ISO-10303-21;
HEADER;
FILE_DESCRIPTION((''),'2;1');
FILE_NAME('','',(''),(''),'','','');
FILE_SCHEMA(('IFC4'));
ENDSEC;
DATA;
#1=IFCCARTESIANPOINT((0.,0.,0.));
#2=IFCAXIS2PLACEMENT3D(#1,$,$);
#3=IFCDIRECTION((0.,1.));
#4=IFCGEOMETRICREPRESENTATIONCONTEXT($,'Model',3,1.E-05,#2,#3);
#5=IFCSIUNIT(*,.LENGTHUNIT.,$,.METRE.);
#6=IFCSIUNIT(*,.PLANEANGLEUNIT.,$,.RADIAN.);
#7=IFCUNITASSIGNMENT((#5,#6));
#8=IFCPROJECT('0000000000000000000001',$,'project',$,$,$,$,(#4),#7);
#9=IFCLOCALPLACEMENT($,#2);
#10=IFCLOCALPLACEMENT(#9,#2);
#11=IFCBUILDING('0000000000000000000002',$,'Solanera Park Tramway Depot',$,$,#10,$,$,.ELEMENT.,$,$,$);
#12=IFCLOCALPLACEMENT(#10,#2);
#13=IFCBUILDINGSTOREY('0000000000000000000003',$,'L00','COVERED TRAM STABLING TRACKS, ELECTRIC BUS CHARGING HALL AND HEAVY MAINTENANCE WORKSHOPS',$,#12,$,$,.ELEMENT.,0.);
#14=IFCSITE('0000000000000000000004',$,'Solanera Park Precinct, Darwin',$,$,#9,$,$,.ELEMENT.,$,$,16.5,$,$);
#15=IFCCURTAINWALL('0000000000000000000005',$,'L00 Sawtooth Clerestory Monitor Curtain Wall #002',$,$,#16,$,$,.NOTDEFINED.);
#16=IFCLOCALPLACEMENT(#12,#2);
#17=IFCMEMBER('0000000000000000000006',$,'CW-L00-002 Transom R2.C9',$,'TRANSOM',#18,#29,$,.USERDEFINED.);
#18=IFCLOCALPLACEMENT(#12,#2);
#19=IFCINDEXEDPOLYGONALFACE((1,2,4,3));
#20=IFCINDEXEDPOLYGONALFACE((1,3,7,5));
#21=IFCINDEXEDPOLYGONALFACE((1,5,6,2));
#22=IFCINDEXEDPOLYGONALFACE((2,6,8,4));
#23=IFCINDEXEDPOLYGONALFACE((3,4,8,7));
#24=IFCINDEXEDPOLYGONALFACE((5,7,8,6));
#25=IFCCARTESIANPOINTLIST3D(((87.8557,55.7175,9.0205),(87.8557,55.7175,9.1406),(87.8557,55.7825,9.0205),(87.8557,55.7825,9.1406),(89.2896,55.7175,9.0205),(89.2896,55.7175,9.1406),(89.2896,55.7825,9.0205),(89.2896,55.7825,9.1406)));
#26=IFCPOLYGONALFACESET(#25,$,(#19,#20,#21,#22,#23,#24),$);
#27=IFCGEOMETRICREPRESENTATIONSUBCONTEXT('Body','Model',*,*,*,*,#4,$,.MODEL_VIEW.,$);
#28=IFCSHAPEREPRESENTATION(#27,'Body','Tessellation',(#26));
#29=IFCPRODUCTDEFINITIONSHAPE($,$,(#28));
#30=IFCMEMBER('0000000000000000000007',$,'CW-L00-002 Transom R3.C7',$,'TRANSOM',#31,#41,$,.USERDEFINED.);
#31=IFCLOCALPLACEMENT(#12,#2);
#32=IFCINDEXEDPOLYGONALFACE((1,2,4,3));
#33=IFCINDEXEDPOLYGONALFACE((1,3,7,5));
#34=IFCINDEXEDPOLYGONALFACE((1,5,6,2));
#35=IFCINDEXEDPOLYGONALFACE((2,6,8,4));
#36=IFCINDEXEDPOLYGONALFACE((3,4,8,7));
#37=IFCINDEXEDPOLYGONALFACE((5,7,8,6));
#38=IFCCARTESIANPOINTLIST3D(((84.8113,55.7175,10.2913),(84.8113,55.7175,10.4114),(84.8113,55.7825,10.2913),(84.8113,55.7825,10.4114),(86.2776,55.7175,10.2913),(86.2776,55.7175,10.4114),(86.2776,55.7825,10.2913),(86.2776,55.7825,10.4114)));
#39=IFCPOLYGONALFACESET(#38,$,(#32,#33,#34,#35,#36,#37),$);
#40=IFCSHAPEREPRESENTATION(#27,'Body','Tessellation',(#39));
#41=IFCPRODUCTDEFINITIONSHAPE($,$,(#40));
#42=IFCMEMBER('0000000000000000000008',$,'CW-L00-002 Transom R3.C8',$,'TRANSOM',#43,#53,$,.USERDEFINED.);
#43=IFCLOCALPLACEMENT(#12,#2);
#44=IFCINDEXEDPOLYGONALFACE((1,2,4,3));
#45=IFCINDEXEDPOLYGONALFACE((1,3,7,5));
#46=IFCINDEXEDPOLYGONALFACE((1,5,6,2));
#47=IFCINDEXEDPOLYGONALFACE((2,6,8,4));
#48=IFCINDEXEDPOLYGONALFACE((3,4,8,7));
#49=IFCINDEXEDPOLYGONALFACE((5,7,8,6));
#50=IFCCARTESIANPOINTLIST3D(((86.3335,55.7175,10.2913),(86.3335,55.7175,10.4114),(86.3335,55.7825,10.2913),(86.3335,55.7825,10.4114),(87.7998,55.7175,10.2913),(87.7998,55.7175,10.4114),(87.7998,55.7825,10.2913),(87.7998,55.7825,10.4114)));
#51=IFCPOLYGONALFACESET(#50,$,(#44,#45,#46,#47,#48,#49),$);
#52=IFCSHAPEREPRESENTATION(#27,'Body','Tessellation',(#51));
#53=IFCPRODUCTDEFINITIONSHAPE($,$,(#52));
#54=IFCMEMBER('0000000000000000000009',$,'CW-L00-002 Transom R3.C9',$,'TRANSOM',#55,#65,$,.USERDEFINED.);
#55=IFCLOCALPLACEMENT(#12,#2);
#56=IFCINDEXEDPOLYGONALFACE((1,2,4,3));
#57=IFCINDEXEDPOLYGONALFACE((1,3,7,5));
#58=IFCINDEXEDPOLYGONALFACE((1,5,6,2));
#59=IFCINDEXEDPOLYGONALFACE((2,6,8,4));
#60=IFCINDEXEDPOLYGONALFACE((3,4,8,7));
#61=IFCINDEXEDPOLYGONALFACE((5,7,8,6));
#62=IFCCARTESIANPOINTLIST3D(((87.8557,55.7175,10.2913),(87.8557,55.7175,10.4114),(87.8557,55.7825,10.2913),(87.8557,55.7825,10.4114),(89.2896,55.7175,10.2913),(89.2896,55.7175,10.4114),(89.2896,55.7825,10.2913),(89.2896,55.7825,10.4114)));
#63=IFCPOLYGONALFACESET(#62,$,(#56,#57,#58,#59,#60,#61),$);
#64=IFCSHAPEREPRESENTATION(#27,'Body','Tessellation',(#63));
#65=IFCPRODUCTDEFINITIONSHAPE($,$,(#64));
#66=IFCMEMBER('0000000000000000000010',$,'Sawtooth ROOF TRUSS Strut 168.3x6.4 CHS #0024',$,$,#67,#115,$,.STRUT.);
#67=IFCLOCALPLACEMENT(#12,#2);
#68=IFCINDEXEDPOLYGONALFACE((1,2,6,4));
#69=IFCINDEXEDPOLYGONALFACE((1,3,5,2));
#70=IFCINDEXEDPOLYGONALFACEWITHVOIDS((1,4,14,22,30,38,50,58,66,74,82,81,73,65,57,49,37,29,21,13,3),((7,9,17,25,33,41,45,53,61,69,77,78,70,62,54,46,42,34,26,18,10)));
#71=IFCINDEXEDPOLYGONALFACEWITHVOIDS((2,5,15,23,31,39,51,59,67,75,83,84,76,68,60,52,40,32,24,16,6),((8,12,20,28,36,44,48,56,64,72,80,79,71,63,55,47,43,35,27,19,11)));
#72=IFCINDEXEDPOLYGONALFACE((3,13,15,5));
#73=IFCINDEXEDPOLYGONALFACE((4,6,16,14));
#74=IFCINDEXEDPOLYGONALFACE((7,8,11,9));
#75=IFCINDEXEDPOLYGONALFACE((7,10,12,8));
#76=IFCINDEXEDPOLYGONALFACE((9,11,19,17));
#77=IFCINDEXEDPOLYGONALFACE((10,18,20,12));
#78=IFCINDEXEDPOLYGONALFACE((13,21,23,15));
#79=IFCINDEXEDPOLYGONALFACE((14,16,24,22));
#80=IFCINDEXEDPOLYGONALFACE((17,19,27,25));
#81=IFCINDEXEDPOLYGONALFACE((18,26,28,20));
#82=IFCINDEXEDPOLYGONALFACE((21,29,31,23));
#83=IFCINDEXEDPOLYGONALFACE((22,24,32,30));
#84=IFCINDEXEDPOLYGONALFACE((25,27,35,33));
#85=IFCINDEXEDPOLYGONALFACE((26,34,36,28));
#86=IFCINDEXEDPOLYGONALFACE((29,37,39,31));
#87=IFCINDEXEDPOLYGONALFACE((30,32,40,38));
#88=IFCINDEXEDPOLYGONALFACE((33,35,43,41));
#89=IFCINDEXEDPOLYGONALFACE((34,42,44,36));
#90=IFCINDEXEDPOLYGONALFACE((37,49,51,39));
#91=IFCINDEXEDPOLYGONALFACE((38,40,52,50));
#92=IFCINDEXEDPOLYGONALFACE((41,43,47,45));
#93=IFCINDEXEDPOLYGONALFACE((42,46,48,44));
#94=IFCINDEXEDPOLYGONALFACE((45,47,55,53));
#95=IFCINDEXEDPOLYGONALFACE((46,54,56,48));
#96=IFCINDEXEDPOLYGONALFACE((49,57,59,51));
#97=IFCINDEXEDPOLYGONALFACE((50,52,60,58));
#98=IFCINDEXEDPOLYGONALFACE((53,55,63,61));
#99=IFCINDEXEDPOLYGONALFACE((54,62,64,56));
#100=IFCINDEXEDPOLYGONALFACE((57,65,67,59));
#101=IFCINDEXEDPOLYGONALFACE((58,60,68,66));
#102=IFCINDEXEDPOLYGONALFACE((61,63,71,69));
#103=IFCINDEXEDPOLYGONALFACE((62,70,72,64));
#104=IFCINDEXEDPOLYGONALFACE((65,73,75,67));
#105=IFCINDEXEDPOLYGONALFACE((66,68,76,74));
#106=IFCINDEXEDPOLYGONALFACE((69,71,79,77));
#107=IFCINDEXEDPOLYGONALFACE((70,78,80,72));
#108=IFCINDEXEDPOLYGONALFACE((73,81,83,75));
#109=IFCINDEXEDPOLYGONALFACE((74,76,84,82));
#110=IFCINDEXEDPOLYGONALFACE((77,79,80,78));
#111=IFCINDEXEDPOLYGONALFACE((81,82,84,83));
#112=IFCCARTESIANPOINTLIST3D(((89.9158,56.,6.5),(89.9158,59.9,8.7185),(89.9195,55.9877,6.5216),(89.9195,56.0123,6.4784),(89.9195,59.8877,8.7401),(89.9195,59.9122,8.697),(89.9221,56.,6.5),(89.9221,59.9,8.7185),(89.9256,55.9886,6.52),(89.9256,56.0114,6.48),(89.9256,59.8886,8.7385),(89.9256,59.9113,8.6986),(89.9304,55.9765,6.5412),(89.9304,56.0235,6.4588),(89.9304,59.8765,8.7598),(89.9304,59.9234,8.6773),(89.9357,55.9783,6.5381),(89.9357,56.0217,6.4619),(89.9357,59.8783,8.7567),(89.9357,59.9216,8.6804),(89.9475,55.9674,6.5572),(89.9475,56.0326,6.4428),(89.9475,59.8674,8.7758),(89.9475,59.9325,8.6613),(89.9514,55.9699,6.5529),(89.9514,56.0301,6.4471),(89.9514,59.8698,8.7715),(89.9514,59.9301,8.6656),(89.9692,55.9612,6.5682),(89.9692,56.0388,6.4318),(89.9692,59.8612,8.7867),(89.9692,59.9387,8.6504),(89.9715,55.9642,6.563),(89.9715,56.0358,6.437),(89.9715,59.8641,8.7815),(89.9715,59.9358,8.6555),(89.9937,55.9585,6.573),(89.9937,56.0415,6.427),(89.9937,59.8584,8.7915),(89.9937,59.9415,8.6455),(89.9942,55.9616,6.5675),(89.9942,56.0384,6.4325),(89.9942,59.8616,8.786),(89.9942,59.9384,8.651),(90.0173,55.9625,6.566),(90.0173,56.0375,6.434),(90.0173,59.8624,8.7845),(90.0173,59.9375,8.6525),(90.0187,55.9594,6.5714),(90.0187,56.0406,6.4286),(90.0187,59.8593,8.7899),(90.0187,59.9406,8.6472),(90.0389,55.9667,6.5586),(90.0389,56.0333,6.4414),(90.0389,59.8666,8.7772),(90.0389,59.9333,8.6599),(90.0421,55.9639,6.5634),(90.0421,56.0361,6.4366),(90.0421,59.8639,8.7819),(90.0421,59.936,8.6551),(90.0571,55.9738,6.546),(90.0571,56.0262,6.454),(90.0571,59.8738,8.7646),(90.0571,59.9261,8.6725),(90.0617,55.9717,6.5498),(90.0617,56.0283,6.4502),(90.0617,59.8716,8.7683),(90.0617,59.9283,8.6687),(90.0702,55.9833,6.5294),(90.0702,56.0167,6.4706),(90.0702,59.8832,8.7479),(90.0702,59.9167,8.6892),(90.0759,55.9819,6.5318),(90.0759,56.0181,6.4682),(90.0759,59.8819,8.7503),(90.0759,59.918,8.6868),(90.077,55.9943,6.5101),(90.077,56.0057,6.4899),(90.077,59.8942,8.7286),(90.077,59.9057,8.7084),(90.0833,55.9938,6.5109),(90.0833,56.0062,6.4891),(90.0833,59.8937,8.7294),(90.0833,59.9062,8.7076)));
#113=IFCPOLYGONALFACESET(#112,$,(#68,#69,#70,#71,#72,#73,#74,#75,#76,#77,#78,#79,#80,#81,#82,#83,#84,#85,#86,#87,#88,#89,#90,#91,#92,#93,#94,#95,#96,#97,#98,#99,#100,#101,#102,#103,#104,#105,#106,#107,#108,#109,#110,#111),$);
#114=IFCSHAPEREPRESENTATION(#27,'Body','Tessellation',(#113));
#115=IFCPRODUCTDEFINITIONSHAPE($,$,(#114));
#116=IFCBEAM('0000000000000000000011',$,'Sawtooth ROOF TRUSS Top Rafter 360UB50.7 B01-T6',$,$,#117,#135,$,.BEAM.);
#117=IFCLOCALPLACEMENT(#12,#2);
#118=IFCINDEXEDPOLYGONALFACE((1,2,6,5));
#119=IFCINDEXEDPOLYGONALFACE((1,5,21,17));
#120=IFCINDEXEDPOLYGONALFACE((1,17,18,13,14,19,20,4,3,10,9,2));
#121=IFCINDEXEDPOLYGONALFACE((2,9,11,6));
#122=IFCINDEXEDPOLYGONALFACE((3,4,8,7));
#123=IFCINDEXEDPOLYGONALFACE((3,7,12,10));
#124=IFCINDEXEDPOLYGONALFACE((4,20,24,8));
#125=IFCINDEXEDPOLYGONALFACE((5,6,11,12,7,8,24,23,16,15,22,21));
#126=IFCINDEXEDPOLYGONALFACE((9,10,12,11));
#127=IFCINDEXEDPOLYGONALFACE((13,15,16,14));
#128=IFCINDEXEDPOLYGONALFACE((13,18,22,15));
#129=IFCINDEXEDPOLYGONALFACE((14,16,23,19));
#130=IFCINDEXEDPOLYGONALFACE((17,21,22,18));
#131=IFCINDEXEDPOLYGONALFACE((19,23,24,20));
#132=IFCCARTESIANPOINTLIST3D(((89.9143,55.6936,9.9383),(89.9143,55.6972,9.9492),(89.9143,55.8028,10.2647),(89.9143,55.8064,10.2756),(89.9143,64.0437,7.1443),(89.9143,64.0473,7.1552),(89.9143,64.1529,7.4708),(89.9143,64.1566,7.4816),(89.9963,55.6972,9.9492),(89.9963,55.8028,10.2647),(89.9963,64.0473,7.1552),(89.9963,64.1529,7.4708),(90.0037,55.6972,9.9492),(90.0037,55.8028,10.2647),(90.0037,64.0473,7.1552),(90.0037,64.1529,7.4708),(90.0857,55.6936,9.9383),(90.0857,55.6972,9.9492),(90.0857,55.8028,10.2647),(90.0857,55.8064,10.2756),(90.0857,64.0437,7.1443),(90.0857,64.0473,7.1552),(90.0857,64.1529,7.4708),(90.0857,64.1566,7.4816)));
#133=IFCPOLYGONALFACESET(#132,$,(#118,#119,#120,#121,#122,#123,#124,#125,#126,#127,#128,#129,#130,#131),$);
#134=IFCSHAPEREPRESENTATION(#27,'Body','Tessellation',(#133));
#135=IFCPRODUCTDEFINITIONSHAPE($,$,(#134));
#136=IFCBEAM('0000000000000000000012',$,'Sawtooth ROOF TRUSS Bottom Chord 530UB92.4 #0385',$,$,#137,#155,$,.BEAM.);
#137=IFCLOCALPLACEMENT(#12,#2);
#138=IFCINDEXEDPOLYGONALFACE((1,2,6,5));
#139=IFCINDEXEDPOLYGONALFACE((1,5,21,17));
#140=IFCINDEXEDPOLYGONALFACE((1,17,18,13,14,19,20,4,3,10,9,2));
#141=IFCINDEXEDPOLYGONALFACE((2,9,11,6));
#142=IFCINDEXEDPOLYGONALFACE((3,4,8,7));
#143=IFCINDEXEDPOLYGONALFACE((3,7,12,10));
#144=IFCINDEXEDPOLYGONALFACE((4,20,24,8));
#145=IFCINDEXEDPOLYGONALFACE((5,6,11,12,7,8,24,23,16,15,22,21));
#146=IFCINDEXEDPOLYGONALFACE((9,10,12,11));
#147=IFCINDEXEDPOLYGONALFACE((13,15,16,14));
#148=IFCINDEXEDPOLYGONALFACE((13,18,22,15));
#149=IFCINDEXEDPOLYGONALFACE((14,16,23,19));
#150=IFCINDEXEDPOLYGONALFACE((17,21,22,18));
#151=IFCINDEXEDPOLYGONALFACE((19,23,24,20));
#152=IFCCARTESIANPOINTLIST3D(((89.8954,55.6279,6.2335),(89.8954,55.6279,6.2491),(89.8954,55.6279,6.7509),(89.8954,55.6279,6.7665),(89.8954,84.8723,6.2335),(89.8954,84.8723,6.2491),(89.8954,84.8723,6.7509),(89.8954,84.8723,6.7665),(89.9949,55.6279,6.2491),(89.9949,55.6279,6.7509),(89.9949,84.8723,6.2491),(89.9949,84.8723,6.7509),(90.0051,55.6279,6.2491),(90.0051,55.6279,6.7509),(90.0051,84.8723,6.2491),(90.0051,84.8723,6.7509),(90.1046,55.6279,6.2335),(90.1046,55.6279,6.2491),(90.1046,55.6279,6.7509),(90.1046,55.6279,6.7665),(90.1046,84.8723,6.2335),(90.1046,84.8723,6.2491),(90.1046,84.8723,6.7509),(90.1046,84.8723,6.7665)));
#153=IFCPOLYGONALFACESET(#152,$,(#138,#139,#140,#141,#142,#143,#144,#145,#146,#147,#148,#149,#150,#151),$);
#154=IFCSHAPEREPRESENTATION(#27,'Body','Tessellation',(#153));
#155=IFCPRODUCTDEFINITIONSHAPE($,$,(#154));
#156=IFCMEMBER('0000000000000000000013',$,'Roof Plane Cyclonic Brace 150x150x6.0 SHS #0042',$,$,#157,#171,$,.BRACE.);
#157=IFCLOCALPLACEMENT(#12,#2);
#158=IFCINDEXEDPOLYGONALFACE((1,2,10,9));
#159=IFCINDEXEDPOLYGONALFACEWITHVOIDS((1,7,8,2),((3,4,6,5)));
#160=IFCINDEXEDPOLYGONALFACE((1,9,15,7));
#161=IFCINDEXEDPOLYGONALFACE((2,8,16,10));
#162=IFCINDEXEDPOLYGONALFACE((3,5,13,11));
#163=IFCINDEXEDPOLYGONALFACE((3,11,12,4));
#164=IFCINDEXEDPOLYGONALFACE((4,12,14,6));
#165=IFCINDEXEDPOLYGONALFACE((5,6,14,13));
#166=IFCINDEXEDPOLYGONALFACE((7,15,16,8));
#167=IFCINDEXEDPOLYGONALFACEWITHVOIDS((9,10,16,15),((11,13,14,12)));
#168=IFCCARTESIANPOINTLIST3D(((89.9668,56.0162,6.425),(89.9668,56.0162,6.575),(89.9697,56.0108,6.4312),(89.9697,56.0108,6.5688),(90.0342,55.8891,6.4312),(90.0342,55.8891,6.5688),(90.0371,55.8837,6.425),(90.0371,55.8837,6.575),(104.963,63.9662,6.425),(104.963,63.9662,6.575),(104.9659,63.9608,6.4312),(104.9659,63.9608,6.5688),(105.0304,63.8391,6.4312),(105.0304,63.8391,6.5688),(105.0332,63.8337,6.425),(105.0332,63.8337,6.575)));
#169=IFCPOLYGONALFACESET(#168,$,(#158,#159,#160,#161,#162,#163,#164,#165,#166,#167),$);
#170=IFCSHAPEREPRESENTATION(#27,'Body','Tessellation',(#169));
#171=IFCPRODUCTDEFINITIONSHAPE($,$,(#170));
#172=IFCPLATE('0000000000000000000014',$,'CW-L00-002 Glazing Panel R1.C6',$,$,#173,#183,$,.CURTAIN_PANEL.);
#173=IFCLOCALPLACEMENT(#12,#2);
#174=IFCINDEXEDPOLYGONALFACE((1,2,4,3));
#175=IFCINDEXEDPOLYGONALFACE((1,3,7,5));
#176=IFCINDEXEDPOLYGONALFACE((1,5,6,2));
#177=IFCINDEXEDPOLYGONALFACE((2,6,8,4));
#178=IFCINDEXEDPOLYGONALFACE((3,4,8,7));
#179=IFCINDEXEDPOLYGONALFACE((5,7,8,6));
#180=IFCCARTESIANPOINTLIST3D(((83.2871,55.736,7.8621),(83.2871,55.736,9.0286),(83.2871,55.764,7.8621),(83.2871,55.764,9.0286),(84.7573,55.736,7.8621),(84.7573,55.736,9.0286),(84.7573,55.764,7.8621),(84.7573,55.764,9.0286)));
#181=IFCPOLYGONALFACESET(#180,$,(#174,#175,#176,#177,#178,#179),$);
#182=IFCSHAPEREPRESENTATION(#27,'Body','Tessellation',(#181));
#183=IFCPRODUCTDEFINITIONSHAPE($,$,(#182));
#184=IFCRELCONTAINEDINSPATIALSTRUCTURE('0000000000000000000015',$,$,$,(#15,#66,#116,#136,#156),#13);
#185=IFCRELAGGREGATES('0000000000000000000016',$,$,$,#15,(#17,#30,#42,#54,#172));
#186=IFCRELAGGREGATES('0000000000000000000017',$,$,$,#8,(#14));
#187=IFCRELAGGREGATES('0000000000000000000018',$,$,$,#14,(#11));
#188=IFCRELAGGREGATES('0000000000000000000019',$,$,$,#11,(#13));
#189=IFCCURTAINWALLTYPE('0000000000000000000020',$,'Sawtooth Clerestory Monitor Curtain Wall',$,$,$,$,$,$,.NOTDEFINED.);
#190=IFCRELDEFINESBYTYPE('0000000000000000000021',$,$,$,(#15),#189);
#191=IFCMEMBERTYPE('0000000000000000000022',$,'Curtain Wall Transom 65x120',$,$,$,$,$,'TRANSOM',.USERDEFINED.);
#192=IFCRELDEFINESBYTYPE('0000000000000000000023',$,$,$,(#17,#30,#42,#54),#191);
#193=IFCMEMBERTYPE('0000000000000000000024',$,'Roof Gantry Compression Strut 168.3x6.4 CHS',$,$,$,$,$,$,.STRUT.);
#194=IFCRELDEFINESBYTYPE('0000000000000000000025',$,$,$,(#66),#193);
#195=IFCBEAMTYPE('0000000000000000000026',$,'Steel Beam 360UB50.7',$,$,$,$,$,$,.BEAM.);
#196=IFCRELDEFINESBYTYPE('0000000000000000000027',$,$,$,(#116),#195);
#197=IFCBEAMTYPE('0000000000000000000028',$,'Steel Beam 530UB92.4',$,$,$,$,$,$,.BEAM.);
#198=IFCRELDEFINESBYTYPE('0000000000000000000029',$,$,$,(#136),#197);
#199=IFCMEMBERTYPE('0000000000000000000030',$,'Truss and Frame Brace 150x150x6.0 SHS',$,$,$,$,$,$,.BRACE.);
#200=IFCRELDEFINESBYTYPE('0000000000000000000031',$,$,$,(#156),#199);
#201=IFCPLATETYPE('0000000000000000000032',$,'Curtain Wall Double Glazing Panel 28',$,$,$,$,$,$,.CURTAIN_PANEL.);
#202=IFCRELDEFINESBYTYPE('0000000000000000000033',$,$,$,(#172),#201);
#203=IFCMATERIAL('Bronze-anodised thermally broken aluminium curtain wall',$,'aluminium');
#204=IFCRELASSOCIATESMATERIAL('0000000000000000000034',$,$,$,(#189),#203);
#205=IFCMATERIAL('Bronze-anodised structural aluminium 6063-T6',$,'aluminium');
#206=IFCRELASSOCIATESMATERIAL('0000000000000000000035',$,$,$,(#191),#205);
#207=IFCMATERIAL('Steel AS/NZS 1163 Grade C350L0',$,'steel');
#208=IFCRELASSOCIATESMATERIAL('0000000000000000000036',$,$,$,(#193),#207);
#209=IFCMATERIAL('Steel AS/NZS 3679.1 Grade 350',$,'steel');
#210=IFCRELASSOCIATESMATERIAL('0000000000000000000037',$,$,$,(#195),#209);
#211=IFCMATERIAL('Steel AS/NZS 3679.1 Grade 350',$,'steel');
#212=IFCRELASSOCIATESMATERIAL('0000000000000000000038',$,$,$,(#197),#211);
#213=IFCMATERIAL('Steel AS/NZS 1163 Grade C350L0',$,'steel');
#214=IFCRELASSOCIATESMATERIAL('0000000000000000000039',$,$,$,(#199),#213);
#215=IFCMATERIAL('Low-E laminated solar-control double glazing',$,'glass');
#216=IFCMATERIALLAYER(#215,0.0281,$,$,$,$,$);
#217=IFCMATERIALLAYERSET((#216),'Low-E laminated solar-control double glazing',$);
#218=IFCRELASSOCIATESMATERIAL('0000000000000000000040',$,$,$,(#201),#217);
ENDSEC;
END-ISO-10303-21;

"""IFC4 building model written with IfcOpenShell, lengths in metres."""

from ifc_helpers import new_model, si_unit, direction, frame, origin, origin_2d, place, context, subcontext, project, spatial, rectangle, hollow_rectangle, hollow_circle, i_section, extrude, material, layer, layer_set, material_profile, profile_set, type_object, element, aggregate, save


model = new_model("IFC4")

# Units and contexts
model_context = context("Model", 3, precision=1e-05, world=origin(), true_north=direction((0.0, 1.0)))
body_context = subcontext(model_context, "Body", "Model", "MODEL_VIEW")
ifc_project = project(units=[si_unit("LENGTHUNIT", "METRE"), si_unit("PLANEANGLEUNIT", "RADIAN")], contexts=[model_context])

# Site, building, storey
site_placement = place(None, origin())
site = spatial("IfcSite", under=ifc_project, at=site_placement, Name="Solanera Park Precinct, Darwin", CompositionType="ELEMENT", RefElevation=16.5)
building_placement = place(site_placement, origin())
building = spatial("IfcBuilding", under=site, at=building_placement, Name="Solanera Park Tramway Depot", CompositionType="ELEMENT")
storey_placement = place(building_placement, origin())
storey = spatial("IfcBuildingStorey", under=building, at=storey_placement, Name="L00", Description="COVERED TRAM STABLING TRACKS, ELECTRIC BUS CHARGING HALL AND HEAVY MAINTENANCE WORKSHOPS", CompositionType="ELEMENT", Elevation=0.0)

# Curtain wall, members
ifc_material_1 = material(Name="Bronze-anodised thermally broken aluminium curtain wall", Category="aluminium")
curtain_wall_type = type_object("IfcCurtainWallType", Name="Sawtooth Clerestory Monitor Curtain Wall", PredefinedType="NOTDEFINED", material=ifc_material_1)
curtain_wall_placement = place(storey_placement, origin())
curtain_wall = element("IfcCurtainWall", 1, at=curtain_wall_placement, inside=storey, type_object=curtain_wall_type, Name="L00 Sawtooth Clerestory Monitor Curtain Wall #002", PredefinedType="NOTDEFINED")
ifc_material_2 = material(Name="Bronze-anodised structural aluminium 6063-T6", Category="aluminium")
ifc_material_profile_1 = material_profile(ifc_material_2, rectangle(XDim=0.0649, YDim=0.1201, at=origin_2d()), Name="Curtain Wall Transom 65x120")
ifc_profile_set_1 = profile_set([ifc_material_profile_1], Name="Bronze-anodised structural aluminium 6063-T6")
member_type_1 = type_object("IfcMemberType", Name="Curtain Wall Transom 65x120", ElementType="TRANSOM", PredefinedType="USERDEFINED", material=ifc_profile_set_1)
member_1_placement = place(storey_placement, frame((87.8557, 55.75, 9.0806), z_axis=(1.0, 0.0, 0.0), x_axis=(0.0, 1.0, 0.0)))
member_1 = element("IfcMember", 2, at=member_1_placement, type_object=member_type_1, Name="CW-L00-002 Transom R2.C9", ObjectType="TRANSOM", PredefinedType="USERDEFINED", context=body_context, shape_type="SweptSolid", body=[
    extrude(rectangle(XDim=0.0649, YDim=0.1201, at=origin_2d()), origin(), (0.0, 0.0, 1.0), 1.4338),
])
member_2_placement = place(storey_placement, frame((84.8113, 55.75, 10.3513), z_axis=(1.0, 0.0, 0.0), x_axis=(0.0, 1.0, 0.0)))
member_2 = element("IfcMember", 3, at=member_2_placement, type_object=member_type_1, Name="CW-L00-002 Transom R3.C7", ObjectType="TRANSOM", PredefinedType="USERDEFINED", context=body_context, shape_type="SweptSolid", body=[
    extrude(rectangle(XDim=0.0649, YDim=0.1201, at=origin_2d()), origin(), (0.0, 0.0, 1.0), 1.4663),
])
member_3_placement = place(storey_placement, frame((86.3335, 55.75, 10.3513), z_axis=(1.0, 0.0, 0.0), x_axis=(0.0, 1.0, 0.0)))
member_3 = element("IfcMember", 4, at=member_3_placement, type_object=member_type_1, Name="CW-L00-002 Transom R3.C8", ObjectType="TRANSOM", PredefinedType="USERDEFINED", context=body_context, shape_type="SweptSolid", body=[
    extrude(rectangle(XDim=0.0649, YDim=0.1201, at=origin_2d()), origin(), (0.0, 0.0, 1.0), 1.4663),
])
member_4_placement = place(storey_placement, frame((87.8557, 55.75, 10.3513), z_axis=(1.0, 0.0, 0.0), x_axis=(0.0, 1.0, 0.0)))
member_4 = element("IfcMember", 5, at=member_4_placement, type_object=member_type_1, Name="CW-L00-002 Transom R3.C9", ObjectType="TRANSOM", PredefinedType="USERDEFINED", context=body_context, shape_type="SweptSolid", body=[
    extrude(rectangle(XDim=0.0649, YDim=0.1201, at=origin_2d()), origin(), (0.0, 0.0, 1.0), 1.4338),
])

# Member
ifc_material_3 = material(Name="Steel AS/NZS 1163 Grade C350L0", Category="steel")
ifc_material_profile_2 = material_profile(ifc_material_3, hollow_circle(Radius=0.0842, WallThickness=0.0063, at=origin_2d()), Name="168.3x6.4 CHS")
ifc_profile_set_2 = profile_set([ifc_material_profile_2], Name="Steel AS/NZS 1163 Grade C350L0")
member_type_2 = type_object("IfcMemberType", Name="Roof Gantry Compression Strut 168.3x6.4 CHS", PredefinedType="STRUT", material=ifc_profile_set_2)
member_5_placement = place(storey_placement, frame((90.0, 56.0, 6.5), z_axis=(0.0, 0.869203, 0.494456), x_axis=(-1.0, 0.0, 0.0)))
element("IfcMember", 6, at=member_5_placement, inside=storey, type_object=member_type_2, Name="Sawtooth ROOF TRUSS Strut 168.3x6.4 CHS #0024", PredefinedType="STRUT", context=body_context, shape_type="SweptSolid", body=[
    extrude(hollow_circle(Radius=0.0842, WallThickness=0.0063, at=origin_2d()), origin(), (0.0, 0.0, 1.0), 4.4868),
])

# Beams
ifc_material_4 = material(Name="Steel AS/NZS 3679.1 Grade 350", Category="steel")
ifc_material_profile_3 = material_profile(ifc_material_4, i_section(OverallWidth=0.1714, OverallDepth=0.3557, WebThickness=0.0073, FlangeThickness=0.0115, at=origin_2d()), Name="360UB50.7")
ifc_profile_set_3 = profile_set([ifc_material_profile_3], Name="Steel AS/NZS 3679.1 Grade 350")
beam_type_1 = type_object("IfcBeamType", Name="Steel Beam 360UB50.7", PredefinedType="BEAM", material=ifc_profile_set_3)
beam_1_placement = place(storey_placement, frame((90.0, 55.75, 10.1069), z_axis=(0.0, 0.948322, -0.317309), x_axis=(-1.0, 0.0, 0.0)))
element("IfcBeam", 7, at=beam_1_placement, inside=storey, type_object=beam_type_1, Name="Sawtooth ROOF TRUSS Top Rafter 360UB50.7 B01-T6", PredefinedType="BEAM", context=body_context, shape_type="SweptSolid", body=[
    extrude(i_section(OverallWidth=0.1714, OverallDepth=0.3557, WebThickness=0.0073, FlangeThickness=0.0115, at=origin_2d()), origin(), (0.0, 0.0, 1.0), 8.8052),
])
ifc_material_5 = material(Name="Steel AS/NZS 3679.1 Grade 350", Category="steel")
ifc_material_profile_4 = material_profile(ifc_material_5, i_section(OverallWidth=0.2092, OverallDepth=0.533, WebThickness=0.0103, FlangeThickness=0.0156, at=origin_2d()), Name="530UB92.4")
ifc_profile_set_4 = profile_set([ifc_material_profile_4], Name="Steel AS/NZS 3679.1 Grade 350")
beam_type_2 = type_object("IfcBeamType", Name="Steel Beam 530UB92.4", PredefinedType="BEAM", material=ifc_profile_set_4)
beam_2_placement = place(storey_placement, frame((90.0, 55.6279, 6.5), z_axis=(0.0, 1.0, 0.0), x_axis=(-1.0, 0.0, 0.0)))
element("IfcBeam", 8, at=beam_2_placement, inside=storey, type_object=beam_type_2, Name="Sawtooth ROOF TRUSS Bottom Chord 530UB92.4 #0385", PredefinedType="BEAM", context=body_context, shape_type="SweptSolid", body=[
    extrude(i_section(OverallWidth=0.2092, OverallDepth=0.533, WebThickness=0.0103, FlangeThickness=0.0156, at=origin_2d()), origin(), (0.0, 0.0, 1.0), 29.2444),
])

# Member
ifc_material_6 = material(Name="Steel AS/NZS 1163 Grade C350L0", Category="steel")
ifc_material_profile_5 = material_profile(ifc_material_6, hollow_rectangle(XDim=0.1499, YDim=0.1499, WallThickness=0.0061, at=origin_2d()), Name="150x150x6.0 SHS")
ifc_profile_set_5 = profile_set([ifc_material_profile_5], Name="Steel AS/NZS 1163 Grade C350L0")
member_type_3 = type_object("IfcMemberType", Name="Truss and Frame Brace 150x150x6.0 SHS", PredefinedType="BRACE", material=ifc_profile_set_5)
member_6_placement = place(storey_placement, frame((90.002, 55.95, 6.5), z_axis=(0.883524, 0.468387, 0.0), x_axis=(-0.468387, 0.883524, 0.0)))
element("IfcMember", 9, at=member_6_placement, inside=storey, type_object=member_type_3, Name="Roof Plane Cyclonic Brace 150x150x6.0 SHS #0042", PredefinedType="BRACE", context=body_context, shape_type="SweptSolid", body=[
    extrude(hollow_rectangle(XDim=0.1499, YDim=0.1499, WallThickness=0.0061, at=origin_2d()), origin(), (0.0, 0.0, 1.0), 16.9731),
])

# Plate
ifc_material_7 = material(Name="Low-E laminated solar-control double glazing", Category="glass")
ifc_layer_1 = layer(ifc_material_7, 0.0281)
ifc_layer_set_1 = layer_set([ifc_layer_1], Name="Low-E laminated solar-control double glazing")
plate_type_1 = type_object("IfcPlateType", Name="Curtain Wall Double Glazing Panel 28", PredefinedType="CURTAIN_PANEL", material=ifc_layer_set_1)
plate_1_placement = place(storey_placement, frame((84.0222, 55.75, 7.8621), z_axis=(0.0, 0.0, 1.0), x_axis=(1.0, 0.0, 0.0)))
plate_1 = element("IfcPlate", 10, at=plate_1_placement, type_object=plate_type_1, Name="CW-L00-002 Glazing Panel R1.C6", PredefinedType="CURTAIN_PANEL", context=body_context, shape_type="SweptSolid", body=[
    extrude(rectangle(XDim=1.4702, YDim=0.0281, at=origin_2d()), origin(), (0.0, 0.0, 1.0), 1.1665),
])
aggregate(curtain_wall, [member_1, member_2, member_3, member_4, plate_1])

save(model, "model.ifc")
